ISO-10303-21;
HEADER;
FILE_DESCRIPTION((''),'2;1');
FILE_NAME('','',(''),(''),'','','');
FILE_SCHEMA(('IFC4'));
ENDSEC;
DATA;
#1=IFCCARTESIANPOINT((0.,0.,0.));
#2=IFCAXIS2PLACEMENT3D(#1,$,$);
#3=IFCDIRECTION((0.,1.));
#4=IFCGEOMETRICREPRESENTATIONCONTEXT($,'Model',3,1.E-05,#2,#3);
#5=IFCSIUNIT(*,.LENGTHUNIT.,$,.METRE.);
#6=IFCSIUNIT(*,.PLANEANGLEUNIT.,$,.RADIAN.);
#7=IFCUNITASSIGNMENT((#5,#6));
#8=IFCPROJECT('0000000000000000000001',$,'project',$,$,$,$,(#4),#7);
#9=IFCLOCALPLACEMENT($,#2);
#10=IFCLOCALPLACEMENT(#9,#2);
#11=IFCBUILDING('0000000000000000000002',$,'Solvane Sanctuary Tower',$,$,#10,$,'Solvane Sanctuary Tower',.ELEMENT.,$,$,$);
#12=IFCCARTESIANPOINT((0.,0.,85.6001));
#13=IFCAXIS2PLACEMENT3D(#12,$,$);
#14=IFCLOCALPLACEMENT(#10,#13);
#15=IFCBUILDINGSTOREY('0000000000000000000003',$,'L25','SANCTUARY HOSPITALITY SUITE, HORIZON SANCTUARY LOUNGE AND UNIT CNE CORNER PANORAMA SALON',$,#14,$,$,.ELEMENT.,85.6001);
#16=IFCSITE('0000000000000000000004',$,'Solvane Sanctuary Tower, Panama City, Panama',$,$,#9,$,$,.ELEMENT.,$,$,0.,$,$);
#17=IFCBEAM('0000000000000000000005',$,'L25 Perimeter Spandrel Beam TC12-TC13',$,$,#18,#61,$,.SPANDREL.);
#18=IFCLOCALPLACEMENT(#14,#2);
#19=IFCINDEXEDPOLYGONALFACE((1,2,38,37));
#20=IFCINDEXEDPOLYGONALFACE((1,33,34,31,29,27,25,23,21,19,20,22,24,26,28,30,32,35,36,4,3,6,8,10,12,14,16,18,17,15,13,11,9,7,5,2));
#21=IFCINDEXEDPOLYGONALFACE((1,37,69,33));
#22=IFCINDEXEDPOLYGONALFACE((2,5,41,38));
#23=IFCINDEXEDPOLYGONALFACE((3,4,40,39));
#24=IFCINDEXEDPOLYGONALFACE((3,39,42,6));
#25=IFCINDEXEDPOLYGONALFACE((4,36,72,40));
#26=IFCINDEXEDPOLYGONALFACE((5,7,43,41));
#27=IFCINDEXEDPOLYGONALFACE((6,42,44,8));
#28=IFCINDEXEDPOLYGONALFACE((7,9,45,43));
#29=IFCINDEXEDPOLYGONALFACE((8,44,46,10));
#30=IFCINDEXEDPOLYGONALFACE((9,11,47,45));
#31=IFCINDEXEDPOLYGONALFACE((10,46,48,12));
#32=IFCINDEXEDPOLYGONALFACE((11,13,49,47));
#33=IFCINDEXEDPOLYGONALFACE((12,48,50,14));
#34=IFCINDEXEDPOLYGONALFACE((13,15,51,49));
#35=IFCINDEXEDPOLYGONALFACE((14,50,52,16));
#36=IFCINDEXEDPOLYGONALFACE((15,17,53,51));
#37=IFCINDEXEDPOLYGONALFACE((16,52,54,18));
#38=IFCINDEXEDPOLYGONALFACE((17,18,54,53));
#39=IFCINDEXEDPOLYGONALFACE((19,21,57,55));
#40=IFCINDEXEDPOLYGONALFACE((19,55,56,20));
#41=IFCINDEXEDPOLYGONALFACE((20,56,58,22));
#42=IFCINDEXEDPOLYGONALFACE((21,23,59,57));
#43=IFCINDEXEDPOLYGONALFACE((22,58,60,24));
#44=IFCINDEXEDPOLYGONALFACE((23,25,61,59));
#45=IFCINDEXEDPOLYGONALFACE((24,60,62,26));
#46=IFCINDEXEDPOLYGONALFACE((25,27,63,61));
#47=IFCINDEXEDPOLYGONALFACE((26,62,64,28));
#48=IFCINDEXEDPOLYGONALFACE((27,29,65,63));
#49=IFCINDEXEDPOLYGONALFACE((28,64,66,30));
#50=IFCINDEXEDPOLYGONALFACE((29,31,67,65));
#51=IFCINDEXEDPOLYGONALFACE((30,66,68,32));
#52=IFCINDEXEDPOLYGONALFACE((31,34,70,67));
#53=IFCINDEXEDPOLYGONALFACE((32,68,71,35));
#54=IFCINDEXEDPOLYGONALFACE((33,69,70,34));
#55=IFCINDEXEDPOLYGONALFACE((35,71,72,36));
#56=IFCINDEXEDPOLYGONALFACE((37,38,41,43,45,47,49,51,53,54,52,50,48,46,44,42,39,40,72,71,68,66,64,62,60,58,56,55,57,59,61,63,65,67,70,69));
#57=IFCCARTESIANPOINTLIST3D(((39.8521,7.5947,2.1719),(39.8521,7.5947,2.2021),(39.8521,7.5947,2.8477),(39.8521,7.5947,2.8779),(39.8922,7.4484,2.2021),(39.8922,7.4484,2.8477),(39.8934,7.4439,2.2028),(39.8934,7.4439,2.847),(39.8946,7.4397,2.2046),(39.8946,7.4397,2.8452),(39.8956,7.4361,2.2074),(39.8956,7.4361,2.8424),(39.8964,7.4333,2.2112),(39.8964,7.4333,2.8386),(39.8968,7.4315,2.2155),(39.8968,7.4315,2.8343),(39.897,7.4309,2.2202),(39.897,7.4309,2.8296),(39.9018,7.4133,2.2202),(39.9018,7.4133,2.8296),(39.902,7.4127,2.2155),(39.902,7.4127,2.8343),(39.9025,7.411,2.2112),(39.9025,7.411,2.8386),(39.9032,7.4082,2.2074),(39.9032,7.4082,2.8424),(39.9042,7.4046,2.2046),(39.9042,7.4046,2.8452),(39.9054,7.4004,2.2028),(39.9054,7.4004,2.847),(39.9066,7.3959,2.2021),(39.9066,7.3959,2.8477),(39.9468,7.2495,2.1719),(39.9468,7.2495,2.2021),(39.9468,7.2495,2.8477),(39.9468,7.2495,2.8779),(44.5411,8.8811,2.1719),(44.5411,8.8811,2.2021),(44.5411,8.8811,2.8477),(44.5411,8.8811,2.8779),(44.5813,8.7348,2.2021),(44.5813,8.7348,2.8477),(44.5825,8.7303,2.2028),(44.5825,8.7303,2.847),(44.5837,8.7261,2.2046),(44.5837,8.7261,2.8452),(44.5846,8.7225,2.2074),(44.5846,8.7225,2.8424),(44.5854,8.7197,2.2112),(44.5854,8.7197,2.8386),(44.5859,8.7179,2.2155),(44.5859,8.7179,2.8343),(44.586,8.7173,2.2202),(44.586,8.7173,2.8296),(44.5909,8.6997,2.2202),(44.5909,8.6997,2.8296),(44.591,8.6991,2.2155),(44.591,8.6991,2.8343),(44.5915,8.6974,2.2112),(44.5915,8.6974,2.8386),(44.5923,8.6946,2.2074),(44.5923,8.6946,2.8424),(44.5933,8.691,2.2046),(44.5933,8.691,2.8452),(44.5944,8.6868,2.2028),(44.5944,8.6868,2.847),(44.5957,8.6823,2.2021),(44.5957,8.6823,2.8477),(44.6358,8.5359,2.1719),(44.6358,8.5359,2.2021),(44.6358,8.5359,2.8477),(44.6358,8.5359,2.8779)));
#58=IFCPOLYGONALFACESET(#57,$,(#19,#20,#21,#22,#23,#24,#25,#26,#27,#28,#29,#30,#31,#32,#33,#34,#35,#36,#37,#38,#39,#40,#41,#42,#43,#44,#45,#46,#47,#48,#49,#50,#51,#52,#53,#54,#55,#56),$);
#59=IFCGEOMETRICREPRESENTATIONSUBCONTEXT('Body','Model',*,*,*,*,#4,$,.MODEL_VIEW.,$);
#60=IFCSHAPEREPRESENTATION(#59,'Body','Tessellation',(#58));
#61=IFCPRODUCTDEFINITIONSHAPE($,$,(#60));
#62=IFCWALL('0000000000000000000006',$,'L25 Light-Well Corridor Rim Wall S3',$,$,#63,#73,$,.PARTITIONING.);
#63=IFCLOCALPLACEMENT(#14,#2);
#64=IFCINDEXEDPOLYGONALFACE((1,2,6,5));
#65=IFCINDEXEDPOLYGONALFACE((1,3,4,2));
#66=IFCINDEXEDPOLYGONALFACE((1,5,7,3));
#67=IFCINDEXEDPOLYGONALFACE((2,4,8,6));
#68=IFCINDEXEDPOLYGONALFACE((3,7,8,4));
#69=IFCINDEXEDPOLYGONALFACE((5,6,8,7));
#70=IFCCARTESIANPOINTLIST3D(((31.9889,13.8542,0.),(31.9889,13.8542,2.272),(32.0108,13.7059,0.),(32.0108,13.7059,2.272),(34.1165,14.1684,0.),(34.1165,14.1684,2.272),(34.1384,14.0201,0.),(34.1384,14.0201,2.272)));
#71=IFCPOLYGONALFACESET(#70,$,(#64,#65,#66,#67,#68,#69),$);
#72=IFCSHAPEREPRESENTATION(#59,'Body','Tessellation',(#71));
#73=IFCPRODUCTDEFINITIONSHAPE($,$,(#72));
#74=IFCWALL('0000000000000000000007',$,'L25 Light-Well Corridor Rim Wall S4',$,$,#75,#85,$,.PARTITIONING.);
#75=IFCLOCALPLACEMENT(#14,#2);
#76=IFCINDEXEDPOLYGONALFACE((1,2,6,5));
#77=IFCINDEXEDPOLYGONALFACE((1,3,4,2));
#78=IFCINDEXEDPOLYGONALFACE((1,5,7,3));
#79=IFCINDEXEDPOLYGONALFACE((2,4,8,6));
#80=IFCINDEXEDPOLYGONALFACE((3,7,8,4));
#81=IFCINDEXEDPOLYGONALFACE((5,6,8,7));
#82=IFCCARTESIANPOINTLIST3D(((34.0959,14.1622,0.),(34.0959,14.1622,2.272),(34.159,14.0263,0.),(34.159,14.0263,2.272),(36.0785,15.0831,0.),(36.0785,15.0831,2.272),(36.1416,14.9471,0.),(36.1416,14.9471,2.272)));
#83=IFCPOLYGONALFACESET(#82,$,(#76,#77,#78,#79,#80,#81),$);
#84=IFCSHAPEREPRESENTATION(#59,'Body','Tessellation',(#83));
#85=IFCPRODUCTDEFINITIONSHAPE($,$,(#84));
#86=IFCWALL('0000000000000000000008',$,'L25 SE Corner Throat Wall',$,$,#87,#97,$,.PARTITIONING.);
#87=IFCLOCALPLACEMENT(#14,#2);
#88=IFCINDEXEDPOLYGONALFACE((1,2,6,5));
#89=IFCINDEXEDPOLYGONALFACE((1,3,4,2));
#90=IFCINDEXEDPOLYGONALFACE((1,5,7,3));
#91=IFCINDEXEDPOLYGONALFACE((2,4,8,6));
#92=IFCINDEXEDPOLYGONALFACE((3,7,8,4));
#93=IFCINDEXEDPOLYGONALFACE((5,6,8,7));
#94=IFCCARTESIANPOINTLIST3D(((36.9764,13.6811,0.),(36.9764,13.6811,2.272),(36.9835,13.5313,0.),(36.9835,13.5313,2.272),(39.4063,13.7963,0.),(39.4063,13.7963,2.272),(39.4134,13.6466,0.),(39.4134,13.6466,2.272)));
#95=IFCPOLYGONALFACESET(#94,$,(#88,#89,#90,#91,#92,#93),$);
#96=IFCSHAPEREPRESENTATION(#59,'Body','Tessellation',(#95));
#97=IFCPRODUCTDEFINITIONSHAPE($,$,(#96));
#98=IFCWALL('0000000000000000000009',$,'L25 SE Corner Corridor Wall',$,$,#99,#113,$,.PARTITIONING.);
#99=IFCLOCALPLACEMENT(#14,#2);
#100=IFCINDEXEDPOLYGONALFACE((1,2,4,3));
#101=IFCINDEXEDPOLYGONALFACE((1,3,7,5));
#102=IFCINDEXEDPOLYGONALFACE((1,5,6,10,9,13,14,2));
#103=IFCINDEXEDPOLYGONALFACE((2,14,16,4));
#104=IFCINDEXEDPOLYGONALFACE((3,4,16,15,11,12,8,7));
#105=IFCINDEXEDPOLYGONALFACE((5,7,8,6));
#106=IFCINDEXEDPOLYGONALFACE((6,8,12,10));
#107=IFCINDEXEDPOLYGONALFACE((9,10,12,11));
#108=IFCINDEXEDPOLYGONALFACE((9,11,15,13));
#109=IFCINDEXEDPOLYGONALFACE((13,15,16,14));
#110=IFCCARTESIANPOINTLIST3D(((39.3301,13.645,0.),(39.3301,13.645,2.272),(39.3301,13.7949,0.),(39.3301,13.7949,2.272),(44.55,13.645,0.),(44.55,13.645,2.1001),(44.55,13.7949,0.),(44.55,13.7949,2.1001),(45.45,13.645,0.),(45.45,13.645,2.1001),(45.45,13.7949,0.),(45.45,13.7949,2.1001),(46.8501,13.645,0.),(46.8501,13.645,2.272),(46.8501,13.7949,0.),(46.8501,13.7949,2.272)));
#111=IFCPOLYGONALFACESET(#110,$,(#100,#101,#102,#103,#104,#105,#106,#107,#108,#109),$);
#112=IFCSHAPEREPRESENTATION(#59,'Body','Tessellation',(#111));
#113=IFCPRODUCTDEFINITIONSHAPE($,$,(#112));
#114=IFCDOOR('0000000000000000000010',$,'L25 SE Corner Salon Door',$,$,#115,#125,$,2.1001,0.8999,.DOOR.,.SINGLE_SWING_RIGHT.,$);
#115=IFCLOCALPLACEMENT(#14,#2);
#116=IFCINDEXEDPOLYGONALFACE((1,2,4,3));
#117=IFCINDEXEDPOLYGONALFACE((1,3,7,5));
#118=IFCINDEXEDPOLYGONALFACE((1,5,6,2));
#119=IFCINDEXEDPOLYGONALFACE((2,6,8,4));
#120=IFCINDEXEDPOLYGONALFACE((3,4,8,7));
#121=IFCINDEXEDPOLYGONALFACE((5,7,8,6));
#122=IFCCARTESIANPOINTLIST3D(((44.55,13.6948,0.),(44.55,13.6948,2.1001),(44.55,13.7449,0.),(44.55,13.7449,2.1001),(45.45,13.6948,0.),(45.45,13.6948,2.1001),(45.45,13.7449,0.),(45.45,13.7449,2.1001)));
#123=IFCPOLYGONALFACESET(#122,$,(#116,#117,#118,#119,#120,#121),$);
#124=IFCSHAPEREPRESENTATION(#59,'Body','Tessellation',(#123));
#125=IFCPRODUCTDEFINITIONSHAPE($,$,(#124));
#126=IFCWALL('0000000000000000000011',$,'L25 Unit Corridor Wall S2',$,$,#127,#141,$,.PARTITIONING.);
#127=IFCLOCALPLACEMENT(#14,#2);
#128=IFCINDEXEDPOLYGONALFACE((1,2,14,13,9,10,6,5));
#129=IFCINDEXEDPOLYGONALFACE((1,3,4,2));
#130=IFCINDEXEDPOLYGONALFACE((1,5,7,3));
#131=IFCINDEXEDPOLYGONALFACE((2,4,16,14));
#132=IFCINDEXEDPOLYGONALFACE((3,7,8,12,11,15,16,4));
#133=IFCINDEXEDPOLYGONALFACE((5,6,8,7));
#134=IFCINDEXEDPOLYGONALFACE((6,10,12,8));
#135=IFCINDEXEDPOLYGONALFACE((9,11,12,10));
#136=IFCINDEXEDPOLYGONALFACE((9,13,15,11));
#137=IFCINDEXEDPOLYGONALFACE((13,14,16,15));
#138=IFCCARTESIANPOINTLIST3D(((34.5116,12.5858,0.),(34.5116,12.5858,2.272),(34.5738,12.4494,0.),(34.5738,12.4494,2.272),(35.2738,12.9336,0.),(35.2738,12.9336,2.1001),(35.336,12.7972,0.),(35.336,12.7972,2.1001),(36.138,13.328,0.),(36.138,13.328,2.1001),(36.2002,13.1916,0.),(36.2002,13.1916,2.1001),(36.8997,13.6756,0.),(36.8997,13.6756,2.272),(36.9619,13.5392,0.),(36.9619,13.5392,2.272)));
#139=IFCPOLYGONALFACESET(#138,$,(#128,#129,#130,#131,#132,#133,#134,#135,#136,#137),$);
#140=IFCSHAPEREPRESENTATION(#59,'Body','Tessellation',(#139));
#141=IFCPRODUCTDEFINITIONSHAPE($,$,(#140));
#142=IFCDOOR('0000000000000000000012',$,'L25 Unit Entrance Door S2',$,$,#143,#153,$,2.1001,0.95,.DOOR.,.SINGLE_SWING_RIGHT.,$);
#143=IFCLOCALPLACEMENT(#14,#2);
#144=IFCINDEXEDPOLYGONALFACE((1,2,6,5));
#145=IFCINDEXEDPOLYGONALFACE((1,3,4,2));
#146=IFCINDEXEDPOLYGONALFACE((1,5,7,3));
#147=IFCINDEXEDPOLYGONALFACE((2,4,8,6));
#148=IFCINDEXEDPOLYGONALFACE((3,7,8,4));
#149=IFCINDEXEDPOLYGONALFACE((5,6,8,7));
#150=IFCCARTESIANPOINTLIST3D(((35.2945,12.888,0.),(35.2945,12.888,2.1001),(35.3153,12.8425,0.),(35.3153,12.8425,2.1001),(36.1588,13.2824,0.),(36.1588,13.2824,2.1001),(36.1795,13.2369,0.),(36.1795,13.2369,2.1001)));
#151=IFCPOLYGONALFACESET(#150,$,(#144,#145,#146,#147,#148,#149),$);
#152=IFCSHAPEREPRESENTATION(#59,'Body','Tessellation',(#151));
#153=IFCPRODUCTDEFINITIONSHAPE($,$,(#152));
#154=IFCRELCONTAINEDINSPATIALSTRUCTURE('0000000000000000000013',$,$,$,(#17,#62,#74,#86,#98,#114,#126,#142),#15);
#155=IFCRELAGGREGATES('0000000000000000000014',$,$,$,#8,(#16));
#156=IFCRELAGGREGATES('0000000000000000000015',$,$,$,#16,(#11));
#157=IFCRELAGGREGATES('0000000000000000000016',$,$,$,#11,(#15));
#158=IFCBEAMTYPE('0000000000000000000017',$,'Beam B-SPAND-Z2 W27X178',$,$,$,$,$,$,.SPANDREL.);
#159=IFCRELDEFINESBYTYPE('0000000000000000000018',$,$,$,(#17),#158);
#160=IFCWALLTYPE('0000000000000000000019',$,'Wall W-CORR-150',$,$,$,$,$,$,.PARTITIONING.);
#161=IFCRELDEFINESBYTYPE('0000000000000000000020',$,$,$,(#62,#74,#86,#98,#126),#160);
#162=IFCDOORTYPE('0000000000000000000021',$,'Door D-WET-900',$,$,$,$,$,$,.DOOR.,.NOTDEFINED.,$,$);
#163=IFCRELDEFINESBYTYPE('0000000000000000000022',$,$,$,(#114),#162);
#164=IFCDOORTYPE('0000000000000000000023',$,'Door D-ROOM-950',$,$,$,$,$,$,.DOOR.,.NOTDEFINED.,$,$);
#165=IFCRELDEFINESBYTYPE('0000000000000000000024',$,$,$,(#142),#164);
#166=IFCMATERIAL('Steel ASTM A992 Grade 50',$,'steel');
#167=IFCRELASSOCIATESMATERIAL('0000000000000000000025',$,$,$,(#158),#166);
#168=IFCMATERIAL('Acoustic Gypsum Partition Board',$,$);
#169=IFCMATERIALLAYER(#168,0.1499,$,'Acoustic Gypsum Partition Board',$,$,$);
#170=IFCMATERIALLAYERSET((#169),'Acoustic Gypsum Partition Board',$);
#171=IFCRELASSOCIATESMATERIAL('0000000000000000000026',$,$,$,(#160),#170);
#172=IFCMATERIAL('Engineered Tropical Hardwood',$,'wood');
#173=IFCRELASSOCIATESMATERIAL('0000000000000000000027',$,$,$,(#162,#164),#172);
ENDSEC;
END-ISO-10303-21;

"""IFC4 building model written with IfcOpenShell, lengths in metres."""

from ifc_helpers import new_model, si_unit, direction, frame, frame_2d, origin, origin_2d, place, context, subcontext, project, spatial, rectangle, i_section, extrude, material, layer, layer_set, material_profile, profile_set, type_object, element, fill, save


model = new_model("IFC4")

# Units and contexts
model_context = context("Model", 3, precision=1e-05, world=origin(), true_north=direction((0.0, 1.0)))
body_context = subcontext(model_context, "Body", "Model", "MODEL_VIEW")
ifc_project = project(units=[si_unit("LENGTHUNIT", "METRE"), si_unit("PLANEANGLEUNIT", "RADIAN")], contexts=[model_context])

# Site, building, storey
site_placement = place(None, origin())
site = spatial("IfcSite", under=ifc_project, at=site_placement, Name="Solvane Sanctuary Tower, Panama City, Panama", CompositionType="ELEMENT", RefElevation=0.0)
building_placement = place(site_placement, origin())
building = spatial("IfcBuilding", under=site, at=building_placement, Name="Solvane Sanctuary Tower", LongName="Solvane Sanctuary Tower", CompositionType="ELEMENT")
storey_placement = place(building_placement, frame((0.0, 0.0, 85.6001)))
storey = spatial("IfcBuildingStorey", under=building, at=storey_placement, Name="L25", Description="SANCTUARY HOSPITALITY SUITE, HORIZON SANCTUARY LOUNGE AND UNIT CNE CORNER PANORAMA SALON", CompositionType="ELEMENT", Elevation=85.6001)

# Beam
ifc_material_1 = material(Name="Steel ASTM A992 Grade 50", Category="steel")
ifc_material_profile_1 = material_profile(ifc_material_1, i_section(OverallWidth=0.3579, OverallDepth=0.7061, WebThickness=0.0183, FlangeThickness=0.0303, FilletRadius=0.0181, at=origin_2d()), Name="W27X178")
ifc_profile_set_1 = profile_set([ifc_material_profile_1], Name="Steel ASTM A992 Grade 50")
beam_type_1 = type_object("IfcBeamType", Name="Beam B-SPAND-Z2 W27X178", PredefinedType="SPANDREL", material=ifc_profile_set_1)
beam_1_placement = place(storey_placement, frame((39.8994, 7.4221, 2.5249), z_axis=(0.964368, 0.264566, 0.0), x_axis=(-0.264566, 0.964368, 0.0)))
element("IfcBeam", 1, at=beam_1_placement, inside=storey, type_object=beam_type_1, Name="L25 Perimeter Spandrel Beam TC12-TC13", PredefinedType="SPANDREL", context=body_context, shape_type="SweptSolid", body=[
    extrude(i_section(OverallWidth=0.3579, OverallDepth=0.7061, WebThickness=0.0183, FlangeThickness=0.0303, FilletRadius=0.0181, at=origin_2d()), origin(), (0.0, 0.0, 1.0), 4.8623),
])

# Walls
ifc_material_2 = material(Name="Acoustic Gypsum Partition Board")
ifc_layer_1 = layer(ifc_material_2, 0.1499, Name="Acoustic Gypsum Partition Board")
ifc_layer_set_1 = layer_set([ifc_layer_1], Name="Acoustic Gypsum Partition Board")
wall_type_1 = type_object("IfcWallType", Name="Wall W-CORR-150", PredefinedType="PARTITIONING", material=ifc_layer_set_1)
wall_1_placement = place(storey_placement, frame((32.0, 13.78, 0.0), z_axis=(0.0, 0.0, 1.0), x_axis=(0.989269, 0.146108, 0.0)))
element("IfcWall", 2, at=wall_1_placement, inside=storey, type_object=wall_type_1, Name="L25 Light-Well Corridor Rim Wall S3", PredefinedType="PARTITIONING", context=body_context, shape_type="SweptSolid", body=[
    extrude(rectangle(XDim=2.1506, YDim=0.1499, at=frame_2d((1.0752, 0.0))), origin(), (0.0, 0.0, 1.0), 2.272),
])
wall_2_placement = place(storey_placement, frame((34.1274, 14.0942, 0.0), z_axis=(0.0, 0.0, 1.0), x_axis=(0.906943, 0.421252, 0.0)))
element("IfcWall", 3, at=wall_2_placement, inside=storey, type_object=wall_type_1, Name="L25 Light-Well Corridor Rim Wall S4", PredefinedType="PARTITIONING", context=body_context, shape_type="SweptSolid", body=[
    extrude(rectangle(XDim=2.186, YDim=0.1499, at=frame_2d((1.093, 0.0))), origin(), (0.0, 0.0, 1.0), 2.272),
])
wall_3_placement = place(storey_placement, frame((36.98, 13.6062, 0.0), z_axis=(0.0, 0.0, 1.0), x_axis=(0.998877, 0.04737, 0.0)))
element("IfcWall", 4, at=wall_3_placement, inside=storey, type_object=wall_type_1, Name="L25 SE Corner Throat Wall", PredefinedType="PARTITIONING", context=body_context, shape_type="SweptSolid", body=[
    extrude(rectangle(XDim=2.4326, YDim=0.1499, at=frame_2d((1.2163, 0.0))), origin(), (0.0, 0.0, 1.0), 2.272),
])

# Walls, openings, doors
wall_4_placement = place(storey_placement, frame((39.3301, 13.72, 0.0), z_axis=(0.0, 0.0, 1.0), x_axis=(1.0, 0.0, 0.0)))
wall_4 = element("IfcWall", 5, at=wall_4_placement, inside=storey, type_object=wall_type_1, Name="L25 SE Corner Corridor Wall", PredefinedType="PARTITIONING", context=body_context, shape_type="SweptSolid", body=[
    extrude(rectangle(XDim=7.52, YDim=0.1499, at=frame_2d((3.76, 0.0))), origin(), (0.0, 0.0, 1.0), 2.272),
])
opening_1_placement = place(wall_4_placement, frame((5.22, 0.0, 0.0)))
opening_1 = element("IfcOpeningElement", 6, at=opening_1_placement, cuts=wall_4, PredefinedType="OPENING", context=body_context, shape_type="SweptSolid", body=[
    extrude(rectangle(XDim=0.8999, YDim=2.1001, at=frame_2d((0.45, 1.05))), frame((0.0, 0.085, 0.0), z_axis=(0.0, -1.0, 0.0), x_axis=(1.0, 0.0, 0.0)), (0.0, 0.0, 1.0), 0.1699),
])
ifc_material_3 = material(Name="Engineered Tropical Hardwood", Category="wood")
door_type_1 = type_object("IfcDoorType", Name="Door D-WET-900", OperationType="NOTDEFINED", PredefinedType="DOOR", material=ifc_material_3)
door_1_placement = place(opening_1_placement, origin())
door_1 = element("IfcDoor", 7, at=door_1_placement, inside=storey, type_object=door_type_1, Name="L25 SE Corner Salon Door", OperationType="SINGLE_SWING_RIGHT", OverallHeight=2.1001, OverallWidth=0.8999, PredefinedType="DOOR", context=body_context, shape_type="SweptSolid", body=[
    extrude(rectangle(XDim=0.8999, YDim=2.1001, at=frame_2d((0.45, 1.05))), frame((0.0, 0.0249, 0.0), z_axis=(0.0, -1.0, 0.0), x_axis=(1.0, 0.0, 0.0)), (0.0, 0.0, 1.0), 0.05),
])
fill(opening_1, door_1)
wall_5_placement = place(storey_placement, frame((34.5427, 12.5176, 0.0), z_axis=(0.0, 0.0, 1.0), x_axis=(0.909748, 0.415162, 0.0)))
wall_5 = element("IfcWall", 8, at=wall_5_placement, inside=storey, type_object=wall_type_1, Name="L25 Unit Corridor Wall S2", PredefinedType="PARTITIONING", context=body_context, shape_type="SweptSolid", body=[
    extrude(rectangle(XDim=2.625, YDim=0.1499, at=frame_2d((1.3125, 0.0))), origin(), (0.0, 0.0, 1.0), 2.272),
])
opening_2_placement = place(wall_5_placement, frame((0.8376, 0.0, 0.0)))
opening_2 = element("IfcOpeningElement", 9, at=opening_2_placement, cuts=wall_5, PredefinedType="OPENING", context=body_context, shape_type="SweptSolid", body=[
    extrude(rectangle(XDim=0.95, YDim=2.1001, at=frame_2d((0.4751, 1.05))), frame((0.0, 0.085, 0.0), z_axis=(0.0, -1.0, 0.0), x_axis=(1.0, 0.0, 0.0)), (0.0, 0.0, 1.0), 0.1699),
])
door_type_2 = type_object("IfcDoorType", Name="Door D-ROOM-950", OperationType="NOTDEFINED", PredefinedType="DOOR", material=ifc_material_3)
door_2_placement = place(opening_2_placement, origin())
door_2 = element("IfcDoor", 10, at=door_2_placement, inside=storey, type_object=door_type_2, Name="L25 Unit Entrance Door S2", OperationType="SINGLE_SWING_RIGHT", OverallHeight=2.1001, OverallWidth=0.95, PredefinedType="DOOR", context=body_context, shape_type="SweptSolid", body=[
    extrude(rectangle(XDim=0.95, YDim=2.1001, at=frame_2d((0.4751, 1.05))), frame((0.0, 0.0249, 0.0), z_axis=(0.0, -1.0, 0.0), x_axis=(1.0, 0.0, 0.0)), (0.0, 0.0, 1.0), 0.05),
])
fill(opening_2, door_2)

save(model, "model.ifc")
